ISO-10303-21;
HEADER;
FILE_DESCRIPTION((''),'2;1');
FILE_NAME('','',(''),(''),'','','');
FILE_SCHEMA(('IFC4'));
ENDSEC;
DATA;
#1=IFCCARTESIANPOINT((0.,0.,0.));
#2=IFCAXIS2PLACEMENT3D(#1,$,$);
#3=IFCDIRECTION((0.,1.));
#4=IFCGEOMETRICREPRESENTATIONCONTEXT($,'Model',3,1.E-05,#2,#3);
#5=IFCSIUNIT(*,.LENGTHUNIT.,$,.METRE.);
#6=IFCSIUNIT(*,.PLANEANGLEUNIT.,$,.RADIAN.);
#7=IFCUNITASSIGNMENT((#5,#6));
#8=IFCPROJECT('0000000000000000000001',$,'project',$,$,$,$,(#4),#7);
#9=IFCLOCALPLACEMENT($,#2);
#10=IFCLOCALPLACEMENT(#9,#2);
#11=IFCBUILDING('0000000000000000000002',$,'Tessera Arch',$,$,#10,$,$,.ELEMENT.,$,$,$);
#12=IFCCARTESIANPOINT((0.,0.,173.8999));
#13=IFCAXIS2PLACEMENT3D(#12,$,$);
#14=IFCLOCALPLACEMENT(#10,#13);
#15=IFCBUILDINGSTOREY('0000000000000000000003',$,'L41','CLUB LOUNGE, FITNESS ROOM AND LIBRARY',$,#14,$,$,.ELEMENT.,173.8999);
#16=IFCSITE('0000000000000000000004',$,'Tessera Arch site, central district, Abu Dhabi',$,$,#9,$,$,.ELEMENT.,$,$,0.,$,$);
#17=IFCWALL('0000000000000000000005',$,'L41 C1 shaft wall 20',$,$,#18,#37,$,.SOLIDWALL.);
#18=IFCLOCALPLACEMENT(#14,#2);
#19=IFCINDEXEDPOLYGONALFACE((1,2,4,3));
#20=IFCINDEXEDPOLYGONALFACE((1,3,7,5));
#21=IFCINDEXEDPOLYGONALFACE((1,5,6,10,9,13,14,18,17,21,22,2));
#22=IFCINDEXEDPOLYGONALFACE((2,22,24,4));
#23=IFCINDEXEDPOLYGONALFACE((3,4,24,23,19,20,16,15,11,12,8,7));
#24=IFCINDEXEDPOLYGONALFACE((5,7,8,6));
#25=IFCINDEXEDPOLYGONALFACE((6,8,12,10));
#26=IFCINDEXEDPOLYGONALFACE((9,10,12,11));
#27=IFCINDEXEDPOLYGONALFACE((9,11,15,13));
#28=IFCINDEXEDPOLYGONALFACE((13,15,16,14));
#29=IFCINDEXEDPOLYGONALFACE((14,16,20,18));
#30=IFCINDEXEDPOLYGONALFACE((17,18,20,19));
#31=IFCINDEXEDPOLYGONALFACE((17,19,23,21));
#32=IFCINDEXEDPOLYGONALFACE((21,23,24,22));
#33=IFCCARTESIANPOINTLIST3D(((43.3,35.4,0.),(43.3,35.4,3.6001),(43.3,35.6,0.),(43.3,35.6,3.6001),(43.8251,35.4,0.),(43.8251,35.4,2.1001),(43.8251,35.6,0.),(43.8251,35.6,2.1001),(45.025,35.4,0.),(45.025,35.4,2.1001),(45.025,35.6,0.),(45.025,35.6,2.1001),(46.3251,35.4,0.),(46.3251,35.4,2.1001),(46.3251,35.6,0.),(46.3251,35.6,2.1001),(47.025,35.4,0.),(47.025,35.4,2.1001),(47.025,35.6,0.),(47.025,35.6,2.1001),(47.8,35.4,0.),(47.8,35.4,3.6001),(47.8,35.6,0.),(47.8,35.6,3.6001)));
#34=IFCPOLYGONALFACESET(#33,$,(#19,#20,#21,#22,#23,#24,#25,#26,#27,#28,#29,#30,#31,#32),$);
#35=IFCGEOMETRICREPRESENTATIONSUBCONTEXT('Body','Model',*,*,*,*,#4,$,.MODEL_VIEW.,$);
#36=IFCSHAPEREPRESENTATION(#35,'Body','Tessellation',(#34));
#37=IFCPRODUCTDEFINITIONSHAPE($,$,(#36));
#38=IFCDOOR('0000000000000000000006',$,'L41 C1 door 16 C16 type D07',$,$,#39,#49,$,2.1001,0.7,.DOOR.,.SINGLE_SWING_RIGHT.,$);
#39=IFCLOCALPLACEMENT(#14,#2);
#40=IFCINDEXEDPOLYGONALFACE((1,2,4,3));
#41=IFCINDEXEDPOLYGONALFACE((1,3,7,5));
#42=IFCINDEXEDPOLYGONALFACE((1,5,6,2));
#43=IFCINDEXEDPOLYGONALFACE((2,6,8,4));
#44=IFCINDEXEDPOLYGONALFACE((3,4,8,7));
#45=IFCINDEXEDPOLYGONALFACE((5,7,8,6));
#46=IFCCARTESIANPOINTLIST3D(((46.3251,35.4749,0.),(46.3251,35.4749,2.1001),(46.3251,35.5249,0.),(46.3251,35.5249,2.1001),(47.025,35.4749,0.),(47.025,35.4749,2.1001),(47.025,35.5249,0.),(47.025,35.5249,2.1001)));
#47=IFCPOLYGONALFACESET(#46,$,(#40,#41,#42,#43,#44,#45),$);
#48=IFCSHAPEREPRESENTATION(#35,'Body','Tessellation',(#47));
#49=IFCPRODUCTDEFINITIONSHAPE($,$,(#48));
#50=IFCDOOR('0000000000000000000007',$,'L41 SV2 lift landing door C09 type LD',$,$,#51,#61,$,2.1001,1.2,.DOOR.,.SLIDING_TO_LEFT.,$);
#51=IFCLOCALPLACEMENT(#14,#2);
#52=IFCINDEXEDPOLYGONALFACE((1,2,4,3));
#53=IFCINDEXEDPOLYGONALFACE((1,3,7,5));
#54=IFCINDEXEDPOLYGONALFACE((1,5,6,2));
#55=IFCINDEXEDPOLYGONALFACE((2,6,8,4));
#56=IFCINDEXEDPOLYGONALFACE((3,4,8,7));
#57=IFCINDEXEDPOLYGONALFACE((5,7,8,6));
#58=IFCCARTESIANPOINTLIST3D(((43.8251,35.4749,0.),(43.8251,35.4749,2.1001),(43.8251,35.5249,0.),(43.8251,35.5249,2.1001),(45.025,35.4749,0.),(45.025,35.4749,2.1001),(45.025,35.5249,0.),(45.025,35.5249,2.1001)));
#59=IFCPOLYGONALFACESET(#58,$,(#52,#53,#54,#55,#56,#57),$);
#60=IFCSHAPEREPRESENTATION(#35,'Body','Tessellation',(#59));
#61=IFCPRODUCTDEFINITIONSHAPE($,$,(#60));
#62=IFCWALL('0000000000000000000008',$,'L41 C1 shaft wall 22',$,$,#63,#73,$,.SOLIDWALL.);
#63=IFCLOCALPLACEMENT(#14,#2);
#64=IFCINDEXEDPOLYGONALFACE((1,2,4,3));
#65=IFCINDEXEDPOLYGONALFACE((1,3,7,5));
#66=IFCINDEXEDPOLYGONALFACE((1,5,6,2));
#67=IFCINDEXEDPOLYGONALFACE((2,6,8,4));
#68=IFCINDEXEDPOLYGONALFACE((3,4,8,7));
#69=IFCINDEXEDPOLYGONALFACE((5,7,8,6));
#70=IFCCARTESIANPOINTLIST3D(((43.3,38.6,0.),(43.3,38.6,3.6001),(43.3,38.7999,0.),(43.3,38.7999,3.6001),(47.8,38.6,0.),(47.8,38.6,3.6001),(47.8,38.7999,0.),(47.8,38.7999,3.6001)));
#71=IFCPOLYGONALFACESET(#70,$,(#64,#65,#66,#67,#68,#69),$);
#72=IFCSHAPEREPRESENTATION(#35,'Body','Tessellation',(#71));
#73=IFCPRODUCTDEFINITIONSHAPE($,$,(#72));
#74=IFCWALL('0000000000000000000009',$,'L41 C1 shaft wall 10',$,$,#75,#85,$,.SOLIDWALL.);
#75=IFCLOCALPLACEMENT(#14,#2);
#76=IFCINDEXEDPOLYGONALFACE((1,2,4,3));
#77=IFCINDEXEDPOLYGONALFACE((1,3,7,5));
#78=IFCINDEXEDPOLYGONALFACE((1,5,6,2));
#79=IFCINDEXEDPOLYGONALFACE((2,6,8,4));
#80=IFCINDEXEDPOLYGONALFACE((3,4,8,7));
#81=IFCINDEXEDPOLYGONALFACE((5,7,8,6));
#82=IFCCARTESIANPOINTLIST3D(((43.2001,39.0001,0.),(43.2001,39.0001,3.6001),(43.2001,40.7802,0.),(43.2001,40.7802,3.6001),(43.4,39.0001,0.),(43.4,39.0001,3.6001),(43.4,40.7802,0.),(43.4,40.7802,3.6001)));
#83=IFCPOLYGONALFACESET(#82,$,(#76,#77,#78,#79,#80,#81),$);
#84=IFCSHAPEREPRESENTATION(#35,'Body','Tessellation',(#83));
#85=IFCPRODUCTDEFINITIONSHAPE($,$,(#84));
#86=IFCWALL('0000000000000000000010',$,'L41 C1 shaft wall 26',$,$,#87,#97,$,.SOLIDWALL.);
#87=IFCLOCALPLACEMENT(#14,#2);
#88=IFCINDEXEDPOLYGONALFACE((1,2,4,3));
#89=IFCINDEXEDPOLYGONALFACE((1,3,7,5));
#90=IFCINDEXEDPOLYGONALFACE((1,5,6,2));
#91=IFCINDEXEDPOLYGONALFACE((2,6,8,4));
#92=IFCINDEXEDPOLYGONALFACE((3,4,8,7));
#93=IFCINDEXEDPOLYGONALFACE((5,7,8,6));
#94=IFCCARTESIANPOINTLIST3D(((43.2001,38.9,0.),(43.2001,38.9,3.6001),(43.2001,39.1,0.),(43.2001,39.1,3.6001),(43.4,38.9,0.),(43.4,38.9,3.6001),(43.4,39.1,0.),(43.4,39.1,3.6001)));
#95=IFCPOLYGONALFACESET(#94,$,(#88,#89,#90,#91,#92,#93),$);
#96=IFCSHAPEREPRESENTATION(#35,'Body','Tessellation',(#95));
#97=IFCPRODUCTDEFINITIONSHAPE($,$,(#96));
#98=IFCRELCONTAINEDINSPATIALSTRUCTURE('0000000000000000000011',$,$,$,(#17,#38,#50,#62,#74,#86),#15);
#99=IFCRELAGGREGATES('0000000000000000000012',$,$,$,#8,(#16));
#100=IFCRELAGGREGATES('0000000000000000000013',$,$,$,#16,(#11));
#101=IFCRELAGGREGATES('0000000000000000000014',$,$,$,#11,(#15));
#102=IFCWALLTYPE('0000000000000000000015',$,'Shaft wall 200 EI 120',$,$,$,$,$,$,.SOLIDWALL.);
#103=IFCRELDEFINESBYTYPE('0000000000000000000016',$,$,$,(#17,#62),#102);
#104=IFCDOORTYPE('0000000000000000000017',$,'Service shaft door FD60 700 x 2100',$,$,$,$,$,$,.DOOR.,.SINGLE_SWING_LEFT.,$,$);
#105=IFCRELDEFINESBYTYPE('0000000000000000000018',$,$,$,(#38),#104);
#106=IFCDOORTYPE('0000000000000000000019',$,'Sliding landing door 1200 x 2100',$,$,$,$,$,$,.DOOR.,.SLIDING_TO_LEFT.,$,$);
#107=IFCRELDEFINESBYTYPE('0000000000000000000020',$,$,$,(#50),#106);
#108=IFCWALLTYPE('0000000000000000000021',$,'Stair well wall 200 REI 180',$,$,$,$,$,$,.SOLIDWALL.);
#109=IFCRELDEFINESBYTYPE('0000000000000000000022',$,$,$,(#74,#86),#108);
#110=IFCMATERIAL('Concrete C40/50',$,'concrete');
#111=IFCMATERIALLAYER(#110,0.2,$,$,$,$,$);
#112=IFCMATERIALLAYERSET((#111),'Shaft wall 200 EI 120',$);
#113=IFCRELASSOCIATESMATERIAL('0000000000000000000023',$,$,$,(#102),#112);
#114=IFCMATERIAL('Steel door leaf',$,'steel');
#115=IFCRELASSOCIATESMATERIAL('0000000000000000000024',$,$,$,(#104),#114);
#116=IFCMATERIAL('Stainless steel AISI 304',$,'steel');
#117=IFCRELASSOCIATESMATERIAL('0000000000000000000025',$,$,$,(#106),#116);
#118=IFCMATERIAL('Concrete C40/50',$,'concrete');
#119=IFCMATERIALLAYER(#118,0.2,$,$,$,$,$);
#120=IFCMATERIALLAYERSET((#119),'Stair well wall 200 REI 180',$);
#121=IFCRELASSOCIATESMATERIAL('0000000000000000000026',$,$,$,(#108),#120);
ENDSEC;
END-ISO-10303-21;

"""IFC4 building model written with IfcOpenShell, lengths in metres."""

from ifc_helpers import new_model, si_unit, direction, frame, frame_2d, origin, place, context, subcontext, project, spatial, rectangle, extrude, material, layer, layer_set, type_object, element, fill, save


model = new_model("IFC4")

# Units and contexts
model_context = context("Model", 3, precision=1e-05, world=origin(), true_north=direction((0.0, 1.0)))
body_context = subcontext(model_context, "Body", "Model", "MODEL_VIEW")
ifc_project = project(units=[si_unit("LENGTHUNIT", "METRE"), si_unit("PLANEANGLEUNIT", "RADIAN")], contexts=[model_context])

# Site, building, storey
site_placement = place(None, origin())
site = spatial("IfcSite", under=ifc_project, at=site_placement, Name="Tessera Arch site, central district, Abu Dhabi", CompositionType="ELEMENT", RefElevation=0.0)
building_placement = place(site_placement, origin())
building = spatial("IfcBuilding", under=site, at=building_placement, Name="Tessera Arch", CompositionType="ELEMENT")
storey_placement = place(building_placement, frame((0.0, 0.0, 173.8999)))
storey = spatial("IfcBuildingStorey", under=building, at=storey_placement, Name="L41", Description="CLUB LOUNGE, FITNESS ROOM AND LIBRARY", CompositionType="ELEMENT", Elevation=173.8999)

# Shared definitions
ifc_material_1 = material(Name="Concrete C40/50", Category="concrete")
ifc_layer_1 = layer(ifc_material_1, 0.2)
ifc_layer_set_1 = layer_set([ifc_layer_1], Name="Shaft wall 200 EI 120")
wall_type_1 = type_object("IfcWallType", Name="Shaft wall 200 EI 120", PredefinedType="SOLIDWALL", material=ifc_layer_set_1)

# Wall, openings, doors
wall_1_placement = place(storey_placement, frame((43.3, 35.5, 0.0), z_axis=(0.0, 0.0, 1.0), x_axis=(1.0, 0.0, 0.0)))
wall_1 = element("IfcWall", 1, at=wall_1_placement, inside=storey, type_object=wall_type_1, Name="L41 C1 shaft wall 20", PredefinedType="SOLIDWALL", context=body_context, shape_type="SweptSolid", body=[
    extrude(rectangle(XDim=4.5, YDim=0.2, at=frame_2d((2.25, 0.0))), origin(), (0.0, 0.0, 1.0), 3.6001),
])
opening_1_placement = place(wall_1_placement, frame((0.5249, 0.0, 0.0)))
opening_1 = element("IfcOpeningElement", 2, at=opening_1_placement, cuts=wall_1, PredefinedType="OPENING", context=body_context, shape_type="SweptSolid", body=[
    extrude(rectangle(XDim=1.2, YDim=2.1001, at=frame_2d((0.6001, 1.05))), frame((0.0, 0.1099, 0.0), z_axis=(0.0, -1.0, 0.0), x_axis=(1.0, 0.0, 0.0)), (0.0, 0.0, 1.0), 0.22),
])
opening_2_placement = place(wall_1_placement, frame((3.0249, 0.0, 0.0)))
opening_2 = element("IfcOpeningElement", 3, at=opening_2_placement, cuts=wall_1, PredefinedType="OPENING", context=body_context, shape_type="SweptSolid", body=[
    extrude(rectangle(XDim=0.7, YDim=2.1001, at=frame_2d((0.3501, 1.05))), frame((0.0, 0.1099, 0.0), z_axis=(0.0, -1.0, 0.0), x_axis=(1.0, 0.0, 0.0)), (0.0, 0.0, 1.0), 0.22),
])
ifc_material_2 = material(Name="Steel door leaf", Category="steel")
door_type_1 = type_object("IfcDoorType", Name="Service shaft door FD60 700 x 2100", OperationType="SINGLE_SWING_LEFT", PredefinedType="DOOR", material=ifc_material_2)
door_1_placement = place(opening_2_placement, origin())
door_1 = element("IfcDoor", 4, at=door_1_placement, inside=storey, type_object=door_type_1, Name="L41 C1 door 16 C16 type D07", OperationType="SINGLE_SWING_RIGHT", OverallHeight=2.1001, OverallWidth=0.7, PredefinedType="DOOR", context=body_context, shape_type="SweptSolid", body=[
    extrude(rectangle(XDim=0.7, YDim=2.1001, at=frame_2d((0.3501, 1.05))), frame((0.0, 0.0249, 0.0), z_axis=(0.0, -1.0, 0.0), x_axis=(1.0, 0.0, 0.0)), (0.0, 0.0, 1.0), 0.05),
])
fill(opening_2, door_1)
ifc_material_3 = material(Name="Stainless steel AISI 304", Category="steel")
door_type_2 = type_object("IfcDoorType", Name="Sliding landing door 1200 x 2100", OperationType="SLIDING_TO_LEFT", PredefinedType="DOOR", material=ifc_material_3)
door_2_placement = place(opening_1_placement, origin())
door_2 = element("IfcDoor", 5, at=door_2_placement, inside=storey, type_object=door_type_2, Name="L41 SV2 lift landing door C09 type LD", OperationType="SLIDING_TO_LEFT", OverallHeight=2.1001, OverallWidth=1.2, PredefinedType="DOOR", context=body_context, shape_type="SweptSolid", body=[
    extrude(rectangle(XDim=1.2, YDim=2.1001, at=frame_2d((0.6001, 1.05))), frame((0.0, 0.0249, 0.0), z_axis=(0.0, -1.0, 0.0), x_axis=(1.0, 0.0, 0.0)), (0.0, 0.0, 1.0), 0.05),
])
fill(opening_1, door_2)

# Walls
wall_2_placement = place(storey_placement, frame((43.3, 38.7, 0.0), z_axis=(0.0, 0.0, 1.0), x_axis=(1.0, 0.0, 0.0)))
element("IfcWall", 6, at=wall_2_placement, inside=storey, type_object=wall_type_1, Name="L41 C1 shaft wall 22", PredefinedType="SOLIDWALL", context=body_context, shape_type="SweptSolid", body=[
    extrude(rectangle(XDim=4.5, YDim=0.2, at=frame_2d((2.25, 0.0))), origin(), (0.0, 0.0, 1.0), 3.6001),
])
ifc_material_4 = material(Name="Concrete C40/50", Category="concrete")
ifc_layer_2 = layer(ifc_material_4, 0.2)
ifc_layer_set_2 = layer_set([ifc_layer_2], Name="Stair well wall 200 REI 180")
wall_type_2 = type_object("IfcWallType", Name="Stair well wall 200 REI 180", PredefinedType="SOLIDWALL", material=ifc_layer_set_2)
wall_3_placement = place(storey_placement, frame((43.3, 39.0, 0.0), z_axis=(0.0, 0.0, 1.0), x_axis=(0.0, 1.0, 0.0)))
element("IfcWall", 7, at=wall_3_placement, inside=storey, type_object=wall_type_2, Name="L41 C1 shaft wall 10", PredefinedType="SOLIDWALL", context=body_context, shape_type="SweptSolid", body=[
    extrude(rectangle(XDim=1.78, YDim=0.2, at=frame_2d((0.8901, 0.0))), origin(), (0.0, 0.0, 1.0), 3.6001),
])
wall_4_placement = place(storey_placement, frame((43.2, 39.0, 0.0), z_axis=(0.0, 0.0, 1.0), x_axis=(1.0, 0.0, 0.0)))
element("IfcWall", 8, at=wall_4_placement, inside=storey, type_object=wall_type_2, Name="L41 C1 shaft wall 26", PredefinedType="SOLIDWALL", context=body_context, shape_type="SweptSolid", body=[
    extrude(rectangle(XDim=0.2, YDim=0.2, at=frame_2d((0.1001, 0.0))), origin(), (0.0, 0.0, 1.0), 3.6001),
])

save(model, "model.ifc")
